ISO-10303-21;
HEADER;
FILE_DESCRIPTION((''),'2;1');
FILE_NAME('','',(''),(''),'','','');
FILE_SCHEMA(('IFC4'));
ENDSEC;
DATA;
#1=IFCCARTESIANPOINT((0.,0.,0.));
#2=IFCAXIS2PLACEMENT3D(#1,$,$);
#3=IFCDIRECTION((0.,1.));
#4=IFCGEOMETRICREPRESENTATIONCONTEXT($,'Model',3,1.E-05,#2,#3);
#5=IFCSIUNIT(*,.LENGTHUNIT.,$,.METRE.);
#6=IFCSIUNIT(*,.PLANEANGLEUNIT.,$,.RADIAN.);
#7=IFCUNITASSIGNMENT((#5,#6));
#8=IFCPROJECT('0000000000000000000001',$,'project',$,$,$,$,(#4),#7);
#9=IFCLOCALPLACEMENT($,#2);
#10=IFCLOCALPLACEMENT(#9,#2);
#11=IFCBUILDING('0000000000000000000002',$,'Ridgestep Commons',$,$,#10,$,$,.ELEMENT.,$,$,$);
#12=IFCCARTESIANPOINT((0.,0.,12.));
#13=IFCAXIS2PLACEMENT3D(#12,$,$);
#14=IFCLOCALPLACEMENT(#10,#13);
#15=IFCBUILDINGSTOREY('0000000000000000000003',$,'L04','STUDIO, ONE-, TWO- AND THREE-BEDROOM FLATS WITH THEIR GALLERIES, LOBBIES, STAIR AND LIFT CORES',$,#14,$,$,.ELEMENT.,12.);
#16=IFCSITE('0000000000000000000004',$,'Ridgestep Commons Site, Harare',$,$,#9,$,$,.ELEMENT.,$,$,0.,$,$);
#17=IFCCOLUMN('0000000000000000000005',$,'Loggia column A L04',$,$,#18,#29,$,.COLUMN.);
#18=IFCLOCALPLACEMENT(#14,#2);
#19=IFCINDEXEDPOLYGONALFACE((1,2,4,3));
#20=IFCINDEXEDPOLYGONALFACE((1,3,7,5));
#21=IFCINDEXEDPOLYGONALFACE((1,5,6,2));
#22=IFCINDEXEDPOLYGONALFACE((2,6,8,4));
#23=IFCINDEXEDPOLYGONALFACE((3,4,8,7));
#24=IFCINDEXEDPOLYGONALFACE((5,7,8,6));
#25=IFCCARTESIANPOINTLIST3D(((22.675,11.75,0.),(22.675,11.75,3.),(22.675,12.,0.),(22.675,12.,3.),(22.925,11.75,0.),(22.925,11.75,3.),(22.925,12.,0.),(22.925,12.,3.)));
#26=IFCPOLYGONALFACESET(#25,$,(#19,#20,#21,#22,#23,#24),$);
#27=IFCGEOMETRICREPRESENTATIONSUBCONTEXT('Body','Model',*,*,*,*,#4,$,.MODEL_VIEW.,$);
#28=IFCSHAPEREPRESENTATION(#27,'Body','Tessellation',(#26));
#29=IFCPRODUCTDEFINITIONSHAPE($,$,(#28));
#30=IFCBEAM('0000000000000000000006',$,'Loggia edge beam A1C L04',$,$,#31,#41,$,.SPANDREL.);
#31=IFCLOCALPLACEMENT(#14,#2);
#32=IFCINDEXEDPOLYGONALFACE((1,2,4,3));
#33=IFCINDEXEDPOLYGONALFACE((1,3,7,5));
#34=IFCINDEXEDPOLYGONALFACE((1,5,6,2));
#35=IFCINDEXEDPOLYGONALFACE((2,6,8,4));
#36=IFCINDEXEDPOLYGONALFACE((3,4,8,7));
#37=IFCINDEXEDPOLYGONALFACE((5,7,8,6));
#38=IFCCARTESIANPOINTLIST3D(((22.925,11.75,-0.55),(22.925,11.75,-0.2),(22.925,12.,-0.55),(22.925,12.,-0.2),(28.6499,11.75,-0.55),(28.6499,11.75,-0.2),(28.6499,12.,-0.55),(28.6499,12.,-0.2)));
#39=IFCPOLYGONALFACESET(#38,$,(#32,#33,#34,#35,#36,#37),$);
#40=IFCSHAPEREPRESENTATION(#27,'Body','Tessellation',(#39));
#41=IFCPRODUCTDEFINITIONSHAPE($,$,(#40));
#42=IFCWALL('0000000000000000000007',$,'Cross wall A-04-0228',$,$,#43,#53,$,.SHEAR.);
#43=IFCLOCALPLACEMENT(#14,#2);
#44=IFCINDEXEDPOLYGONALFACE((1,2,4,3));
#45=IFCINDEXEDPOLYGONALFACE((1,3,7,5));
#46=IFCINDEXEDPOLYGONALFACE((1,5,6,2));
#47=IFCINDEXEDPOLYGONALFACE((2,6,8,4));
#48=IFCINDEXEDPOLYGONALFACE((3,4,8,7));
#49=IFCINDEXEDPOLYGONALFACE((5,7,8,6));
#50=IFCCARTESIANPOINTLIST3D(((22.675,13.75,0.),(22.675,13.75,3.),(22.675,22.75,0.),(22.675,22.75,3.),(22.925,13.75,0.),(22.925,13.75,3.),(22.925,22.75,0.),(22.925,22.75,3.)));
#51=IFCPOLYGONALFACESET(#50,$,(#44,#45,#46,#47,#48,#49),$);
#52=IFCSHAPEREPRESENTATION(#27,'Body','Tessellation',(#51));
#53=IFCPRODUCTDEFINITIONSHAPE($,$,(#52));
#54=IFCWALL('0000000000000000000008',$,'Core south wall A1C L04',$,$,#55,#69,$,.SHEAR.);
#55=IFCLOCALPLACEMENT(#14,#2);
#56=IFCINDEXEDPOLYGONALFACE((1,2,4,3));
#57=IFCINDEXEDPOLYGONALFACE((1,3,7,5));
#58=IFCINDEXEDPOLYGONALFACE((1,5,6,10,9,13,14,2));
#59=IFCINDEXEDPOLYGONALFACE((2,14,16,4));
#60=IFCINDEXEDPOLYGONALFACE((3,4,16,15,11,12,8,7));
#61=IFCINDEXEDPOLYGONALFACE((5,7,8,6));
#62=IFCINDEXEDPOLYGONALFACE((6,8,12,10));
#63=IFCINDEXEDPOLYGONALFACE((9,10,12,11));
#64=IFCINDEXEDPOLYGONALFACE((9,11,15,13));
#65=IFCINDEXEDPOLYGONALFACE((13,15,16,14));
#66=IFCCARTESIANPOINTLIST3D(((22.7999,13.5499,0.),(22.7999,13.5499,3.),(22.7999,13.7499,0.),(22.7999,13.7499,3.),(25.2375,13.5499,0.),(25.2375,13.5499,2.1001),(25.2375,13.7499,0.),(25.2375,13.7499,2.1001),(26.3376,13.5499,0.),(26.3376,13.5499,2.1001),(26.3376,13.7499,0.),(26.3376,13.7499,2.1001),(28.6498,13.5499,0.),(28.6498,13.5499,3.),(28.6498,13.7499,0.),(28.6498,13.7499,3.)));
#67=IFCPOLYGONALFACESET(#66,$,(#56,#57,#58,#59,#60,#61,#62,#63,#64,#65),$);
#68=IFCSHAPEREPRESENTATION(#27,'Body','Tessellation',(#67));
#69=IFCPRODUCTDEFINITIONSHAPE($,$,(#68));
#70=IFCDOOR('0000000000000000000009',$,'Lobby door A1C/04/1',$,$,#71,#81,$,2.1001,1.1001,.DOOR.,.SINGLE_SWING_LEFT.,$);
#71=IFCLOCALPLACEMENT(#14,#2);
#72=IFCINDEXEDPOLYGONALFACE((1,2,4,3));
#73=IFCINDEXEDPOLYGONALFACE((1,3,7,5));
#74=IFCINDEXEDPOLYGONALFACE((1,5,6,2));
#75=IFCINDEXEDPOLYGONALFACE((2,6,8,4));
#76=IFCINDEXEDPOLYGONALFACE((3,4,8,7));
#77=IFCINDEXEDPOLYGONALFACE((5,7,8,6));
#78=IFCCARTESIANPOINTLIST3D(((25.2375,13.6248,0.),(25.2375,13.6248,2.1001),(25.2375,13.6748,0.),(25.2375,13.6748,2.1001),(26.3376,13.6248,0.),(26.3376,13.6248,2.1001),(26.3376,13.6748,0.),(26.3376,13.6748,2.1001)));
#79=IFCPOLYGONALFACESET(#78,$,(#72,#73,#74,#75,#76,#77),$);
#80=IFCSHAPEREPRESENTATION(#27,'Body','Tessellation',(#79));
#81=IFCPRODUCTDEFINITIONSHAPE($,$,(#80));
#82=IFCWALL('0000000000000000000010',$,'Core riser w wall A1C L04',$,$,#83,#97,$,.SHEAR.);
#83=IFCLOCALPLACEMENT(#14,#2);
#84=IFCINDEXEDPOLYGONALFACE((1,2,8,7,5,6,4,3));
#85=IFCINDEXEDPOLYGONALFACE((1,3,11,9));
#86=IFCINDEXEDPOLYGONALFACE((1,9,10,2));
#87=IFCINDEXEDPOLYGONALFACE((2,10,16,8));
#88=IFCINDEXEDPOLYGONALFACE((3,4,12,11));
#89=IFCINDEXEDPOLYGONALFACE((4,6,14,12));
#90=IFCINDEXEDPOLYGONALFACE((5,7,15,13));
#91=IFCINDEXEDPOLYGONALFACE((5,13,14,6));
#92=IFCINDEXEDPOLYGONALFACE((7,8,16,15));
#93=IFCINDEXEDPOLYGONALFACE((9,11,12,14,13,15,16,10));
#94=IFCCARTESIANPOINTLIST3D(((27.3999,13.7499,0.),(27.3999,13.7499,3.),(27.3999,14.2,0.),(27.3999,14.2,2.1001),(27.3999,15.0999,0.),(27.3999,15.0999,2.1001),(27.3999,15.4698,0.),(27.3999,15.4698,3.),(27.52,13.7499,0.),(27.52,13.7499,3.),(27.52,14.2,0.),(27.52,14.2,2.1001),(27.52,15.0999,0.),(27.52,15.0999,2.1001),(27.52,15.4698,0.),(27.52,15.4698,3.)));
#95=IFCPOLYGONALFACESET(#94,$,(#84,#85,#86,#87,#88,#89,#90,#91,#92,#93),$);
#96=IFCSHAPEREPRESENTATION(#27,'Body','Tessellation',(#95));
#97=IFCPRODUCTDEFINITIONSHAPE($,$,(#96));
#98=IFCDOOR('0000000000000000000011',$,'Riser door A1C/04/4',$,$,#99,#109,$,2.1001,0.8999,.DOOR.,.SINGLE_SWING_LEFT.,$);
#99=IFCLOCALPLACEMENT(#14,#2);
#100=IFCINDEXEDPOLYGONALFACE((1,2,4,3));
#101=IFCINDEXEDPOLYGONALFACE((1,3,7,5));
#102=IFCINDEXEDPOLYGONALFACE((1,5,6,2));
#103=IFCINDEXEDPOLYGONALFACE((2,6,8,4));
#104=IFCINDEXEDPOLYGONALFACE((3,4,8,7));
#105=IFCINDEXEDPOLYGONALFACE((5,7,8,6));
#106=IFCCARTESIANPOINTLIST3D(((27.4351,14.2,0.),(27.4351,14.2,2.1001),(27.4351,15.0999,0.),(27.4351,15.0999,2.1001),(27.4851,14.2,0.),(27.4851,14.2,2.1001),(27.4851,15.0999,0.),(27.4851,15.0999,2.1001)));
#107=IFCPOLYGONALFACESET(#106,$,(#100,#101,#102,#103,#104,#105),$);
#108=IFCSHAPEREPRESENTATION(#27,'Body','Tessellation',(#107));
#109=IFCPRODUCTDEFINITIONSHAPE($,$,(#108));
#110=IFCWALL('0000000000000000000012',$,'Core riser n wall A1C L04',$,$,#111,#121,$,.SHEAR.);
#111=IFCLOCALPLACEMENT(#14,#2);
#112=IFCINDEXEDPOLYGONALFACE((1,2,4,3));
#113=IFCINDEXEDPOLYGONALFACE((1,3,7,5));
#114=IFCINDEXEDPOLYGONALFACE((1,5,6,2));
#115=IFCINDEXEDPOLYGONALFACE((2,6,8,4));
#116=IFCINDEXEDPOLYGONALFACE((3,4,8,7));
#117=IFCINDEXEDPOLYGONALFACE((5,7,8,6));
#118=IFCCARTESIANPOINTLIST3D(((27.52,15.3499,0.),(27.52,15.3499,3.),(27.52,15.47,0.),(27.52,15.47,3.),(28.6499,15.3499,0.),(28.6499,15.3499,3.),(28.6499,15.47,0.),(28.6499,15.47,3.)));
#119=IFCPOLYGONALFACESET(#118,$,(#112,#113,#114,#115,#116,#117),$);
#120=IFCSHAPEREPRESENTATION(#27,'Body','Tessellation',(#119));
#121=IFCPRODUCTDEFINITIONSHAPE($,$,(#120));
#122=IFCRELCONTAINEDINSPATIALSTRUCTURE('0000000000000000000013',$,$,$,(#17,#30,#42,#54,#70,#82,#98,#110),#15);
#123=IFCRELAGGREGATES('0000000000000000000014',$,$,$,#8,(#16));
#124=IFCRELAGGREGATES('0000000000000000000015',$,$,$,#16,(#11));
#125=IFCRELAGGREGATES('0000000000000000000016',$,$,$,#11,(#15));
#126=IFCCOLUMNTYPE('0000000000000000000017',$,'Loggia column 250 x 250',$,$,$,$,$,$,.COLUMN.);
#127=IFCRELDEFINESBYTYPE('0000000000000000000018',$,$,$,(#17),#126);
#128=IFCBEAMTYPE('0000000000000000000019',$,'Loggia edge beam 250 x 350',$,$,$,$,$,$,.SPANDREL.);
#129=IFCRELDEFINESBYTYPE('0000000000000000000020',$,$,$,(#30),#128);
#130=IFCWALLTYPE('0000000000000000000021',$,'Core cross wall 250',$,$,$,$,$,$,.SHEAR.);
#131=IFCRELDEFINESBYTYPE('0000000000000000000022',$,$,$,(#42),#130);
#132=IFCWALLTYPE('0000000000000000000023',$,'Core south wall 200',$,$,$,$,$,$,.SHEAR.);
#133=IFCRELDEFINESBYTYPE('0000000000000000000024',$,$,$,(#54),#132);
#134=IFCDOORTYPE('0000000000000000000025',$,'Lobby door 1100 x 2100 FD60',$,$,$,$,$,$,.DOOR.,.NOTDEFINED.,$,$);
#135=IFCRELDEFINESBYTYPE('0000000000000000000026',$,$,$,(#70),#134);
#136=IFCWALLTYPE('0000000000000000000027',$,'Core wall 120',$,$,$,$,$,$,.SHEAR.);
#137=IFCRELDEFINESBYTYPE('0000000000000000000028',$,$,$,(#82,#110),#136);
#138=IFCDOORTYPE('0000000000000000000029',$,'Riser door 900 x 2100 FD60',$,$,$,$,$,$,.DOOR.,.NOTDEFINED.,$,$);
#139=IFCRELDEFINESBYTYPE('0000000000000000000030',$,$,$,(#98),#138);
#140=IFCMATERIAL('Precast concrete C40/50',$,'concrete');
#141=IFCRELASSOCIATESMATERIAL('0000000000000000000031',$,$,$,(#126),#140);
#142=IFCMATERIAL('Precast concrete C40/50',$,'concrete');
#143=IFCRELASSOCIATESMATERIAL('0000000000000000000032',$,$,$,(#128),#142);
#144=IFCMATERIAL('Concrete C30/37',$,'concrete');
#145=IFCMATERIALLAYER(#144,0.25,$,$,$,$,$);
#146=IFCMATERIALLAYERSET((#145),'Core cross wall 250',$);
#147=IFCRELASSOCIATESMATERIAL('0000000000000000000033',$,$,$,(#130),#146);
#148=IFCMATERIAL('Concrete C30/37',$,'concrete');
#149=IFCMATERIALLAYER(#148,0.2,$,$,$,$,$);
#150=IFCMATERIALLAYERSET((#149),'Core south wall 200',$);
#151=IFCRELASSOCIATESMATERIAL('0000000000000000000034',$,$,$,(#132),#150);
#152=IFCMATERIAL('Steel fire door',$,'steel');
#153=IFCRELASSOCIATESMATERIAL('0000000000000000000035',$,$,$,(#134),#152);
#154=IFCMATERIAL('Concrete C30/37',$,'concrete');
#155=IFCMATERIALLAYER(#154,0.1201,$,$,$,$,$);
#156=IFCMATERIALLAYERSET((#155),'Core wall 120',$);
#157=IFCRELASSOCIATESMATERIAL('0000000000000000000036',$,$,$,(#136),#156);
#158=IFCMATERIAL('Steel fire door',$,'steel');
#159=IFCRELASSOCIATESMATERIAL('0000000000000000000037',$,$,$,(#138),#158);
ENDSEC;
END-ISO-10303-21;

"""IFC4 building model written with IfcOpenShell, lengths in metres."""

from ifc_helpers import new_model, si_unit, direction, frame, frame_2d, origin, origin_2d, place, context, subcontext, project, spatial, rectangle, extrude, material, layer, layer_set, material_profile, profile_set, type_object, element, fill, save


model = new_model("IFC4")

# Units and contexts
model_context = context("Model", 3, precision=1e-05, world=origin(), true_north=direction((0.0, 1.0)))
body_context = subcontext(model_context, "Body", "Model", "MODEL_VIEW")
ifc_project = project(units=[si_unit("LENGTHUNIT", "METRE"), si_unit("PLANEANGLEUNIT", "RADIAN")], contexts=[model_context])

# Site, building, storey
site_placement = place(None, origin())
site = spatial("IfcSite", under=ifc_project, at=site_placement, Name="Ridgestep Commons Site, Harare", CompositionType="ELEMENT", RefElevation=0.0)
building_placement = place(site_placement, origin())
building = spatial("IfcBuilding", under=site, at=building_placement, Name="Ridgestep Commons", CompositionType="ELEMENT")
storey_placement = place(building_placement, frame((0.0, 0.0, 12.0)))
storey = spatial("IfcBuildingStorey", under=building, at=storey_placement, Name="L04", Description="STUDIO, ONE-, TWO- AND THREE-BEDROOM FLATS WITH THEIR GALLERIES, LOBBIES, STAIR AND LIFT CORES", CompositionType="ELEMENT", Elevation=12.0)

# Column
ifc_material_1 = material(Name="Precast concrete C40/50", Category="concrete")
ifc_material_profile_1 = material_profile(ifc_material_1, rectangle(XDim=0.25, YDim=0.25, at=origin_2d()), Name="PC 250x250")
ifc_profile_set_1 = profile_set([ifc_material_profile_1], Name="Precast concrete C40/50")
column_type = type_object("IfcColumnType", Name="Loggia column 250 x 250", PredefinedType="COLUMN", material=ifc_profile_set_1)
column_placement = place(storey_placement, frame((22.8, 11.875, 0.0), z_axis=(0.0, 0.0, 1.0), x_axis=(1.0, 0.0, 0.0)))
element("IfcColumn", 1, at=column_placement, inside=storey, type_object=column_type, Name="Loggia column A L04", PredefinedType="COLUMN", context=body_context, shape_type="SweptSolid", body=[
    extrude(rectangle(XDim=0.25, YDim=0.25, at=origin_2d()), origin(), (0.0, 0.0, 1.0), 3.0),
])

# Beam
ifc_material_2 = material(Name="Precast concrete C40/50", Category="concrete")
ifc_material_profile_2 = material_profile(ifc_material_2, rectangle(XDim=0.25, YDim=0.3501, at=origin_2d()), Name="PC 250x350")
ifc_profile_set_2 = profile_set([ifc_material_profile_2], Name="Precast concrete C40/50")
beam_type = type_object("IfcBeamType", Name="Loggia edge beam 250 x 350", PredefinedType="SPANDREL", material=ifc_profile_set_2)
beam_placement = place(storey_placement, frame((22.925, 11.875, -0.375), z_axis=(1.0, 0.0, 0.0), x_axis=(0.0, 1.0, 0.0)))
element("IfcBeam", 2, at=beam_placement, inside=storey, type_object=beam_type, Name="Loggia edge beam A1C L04", PredefinedType="SPANDREL", context=body_context, shape_type="SweptSolid", body=[
    extrude(rectangle(XDim=0.25, YDim=0.3501, at=origin_2d()), origin(), (0.0, 0.0, 1.0), 5.7249),
])

# Wall
ifc_material_3 = material(Name="Concrete C30/37", Category="concrete")
ifc_layer_1 = layer(ifc_material_3, 0.25)
ifc_layer_set_1 = layer_set([ifc_layer_1], Name="Core cross wall 250")
wall_type_1 = type_object("IfcWallType", Name="Core cross wall 250", PredefinedType="SHEAR", material=ifc_layer_set_1)
wall_1_placement = place(storey_placement, frame((22.8, 13.75, 0.0), z_axis=(0.0, 0.0, 1.0), x_axis=(0.0, 1.0, 0.0)))
element("IfcWall", 3, at=wall_1_placement, inside=storey, type_object=wall_type_1, Name="Cross wall A-04-0228", PredefinedType="SHEAR", context=body_context, shape_type="SweptSolid", body=[
    extrude(rectangle(XDim=9.0, YDim=0.25, at=frame_2d((4.5, 0.0))), origin(), (0.0, 0.0, 1.0), 3.0),
])

# Walls, openings, doors
ifc_material_4 = material(Name="Concrete C30/37", Category="concrete")
ifc_layer_2 = layer(ifc_material_4, 0.2)
ifc_layer_set_2 = layer_set([ifc_layer_2], Name="Core south wall 200")
wall_type_2 = type_object("IfcWallType", Name="Core south wall 200", PredefinedType="SHEAR", material=ifc_layer_set_2)
wall_2_placement = place(storey_placement, frame((22.8, 13.6499, 0.0), z_axis=(0.0, 0.0, 1.0), x_axis=(1.0, 0.0, 0.0)))
wall_2 = element("IfcWall", 4, at=wall_2_placement, inside=storey, type_object=wall_type_2, Name="Core south wall A1C L04", PredefinedType="SHEAR", context=body_context, shape_type="SweptSolid", body=[
    extrude(rectangle(XDim=5.8499, YDim=0.2, at=frame_2d((2.9248, 0.0))), origin(), (0.0, 0.0, 1.0), 3.0),
])
opening_1_placement = place(wall_2_placement, frame((2.4375, 0.0, 0.0)))
opening_1 = element("IfcOpeningElement", 5, at=opening_1_placement, cuts=wall_2, PredefinedType="OPENING", context=body_context, shape_type="SweptSolid", body=[
    extrude(rectangle(XDim=1.1001, YDim=2.1001, at=frame_2d((0.55, 1.05))), frame((0.0, 0.1099, 0.0), z_axis=(0.0, -1.0, 0.0), x_axis=(1.0, 0.0, 0.0)), (0.0, 0.0, 1.0), 0.22),
])
ifc_material_5 = material(Name="Steel fire door", Category="steel")
door_type_1 = type_object("IfcDoorType", Name="Lobby door 1100 x 2100 FD60", OperationType="NOTDEFINED", PredefinedType="DOOR", material=ifc_material_5)
door_1_placement = place(opening_1_placement, origin())
door_1 = element("IfcDoor", 6, at=door_1_placement, inside=storey, type_object=door_type_1, Name="Lobby door A1C/04/1", OperationType="SINGLE_SWING_LEFT", OverallHeight=2.1001, OverallWidth=1.1001, PredefinedType="DOOR", context=body_context, shape_type="SweptSolid", body=[
    extrude(rectangle(XDim=1.1001, YDim=2.1001, at=frame_2d((0.55, 1.05))), frame((0.0, 0.0249, 0.0), z_axis=(0.0, -1.0, 0.0), x_axis=(1.0, 0.0, 0.0)), (0.0, 0.0, 1.0), 0.05),
])
fill(opening_1, door_1)
ifc_material_6 = material(Name="Concrete C30/37", Category="concrete")
ifc_layer_3 = layer(ifc_material_6, 0.1201)
ifc_layer_set_3 = layer_set([ifc_layer_3], Name="Core wall 120")
wall_type_3 = type_object("IfcWallType", Name="Core wall 120", PredefinedType="SHEAR", material=ifc_layer_set_3)
wall_3_placement = place(storey_placement, frame((27.46, 13.75, 0.0), z_axis=(0.0, 0.0, 1.0), x_axis=(0.0, 1.0, 0.0)))
wall_3 = element("IfcWall", 7, at=wall_3_placement, inside=storey, type_object=wall_type_3, Name="Core riser w wall A1C L04", PredefinedType="SHEAR", context=body_context, shape_type="SweptSolid", body=[
    extrude(rectangle(XDim=1.72, YDim=0.1201, at=frame_2d((0.8599, 0.0))), origin(), (0.0, 0.0, 1.0), 3.0),
])
opening_2_placement = place(wall_3_placement, frame((0.45, 0.0, 0.0)))
opening_2 = element("IfcOpeningElement", 8, at=opening_2_placement, cuts=wall_3, PredefinedType="OPENING", context=body_context, shape_type="SweptSolid", body=[
    extrude(rectangle(XDim=0.8999, YDim=2.1001, at=frame_2d((0.45, 1.05))), frame((0.0, 0.0701, 0.0), z_axis=(0.0, -1.0, 0.0), x_axis=(1.0, 0.0, 0.0)), (0.0, 0.0, 1.0), 0.1401),
])
ifc_material_7 = material(Name="Steel fire door", Category="steel")
door_type_2 = type_object("IfcDoorType", Name="Riser door 900 x 2100 FD60", OperationType="NOTDEFINED", PredefinedType="DOOR", material=ifc_material_7)
door_2_placement = place(opening_2_placement, origin())
door_2 = element("IfcDoor", 9, at=door_2_placement, inside=storey, type_object=door_type_2, Name="Riser door A1C/04/4", OperationType="SINGLE_SWING_LEFT", OverallHeight=2.1001, OverallWidth=0.8999, PredefinedType="DOOR", context=body_context, shape_type="SweptSolid", body=[
    extrude(rectangle(XDim=0.8999, YDim=2.1001, at=frame_2d((0.45, 1.05))), frame((0.0, 0.0249, 0.0), z_axis=(0.0, -1.0, 0.0), x_axis=(1.0, 0.0, 0.0)), (0.0, 0.0, 1.0), 0.05),
])
fill(opening_2, door_2)

# Wall
wall_4_placement = place(storey_placement, frame((27.52, 15.4099, 0.0), z_axis=(0.0, 0.0, 1.0), x_axis=(1.0, 0.0, 0.0)))
element("IfcWall", 10, at=wall_4_placement, inside=storey, type_object=wall_type_3, Name="Core riser n wall A1C L04", PredefinedType="SHEAR", context=body_context, shape_type="SweptSolid", body=[
    extrude(rectangle(XDim=1.1299, YDim=0.1201, at=frame_2d((0.5649, 0.0))), origin(), (0.0, 0.0, 1.0), 3.0),
])

save(model, "model.ifc")
